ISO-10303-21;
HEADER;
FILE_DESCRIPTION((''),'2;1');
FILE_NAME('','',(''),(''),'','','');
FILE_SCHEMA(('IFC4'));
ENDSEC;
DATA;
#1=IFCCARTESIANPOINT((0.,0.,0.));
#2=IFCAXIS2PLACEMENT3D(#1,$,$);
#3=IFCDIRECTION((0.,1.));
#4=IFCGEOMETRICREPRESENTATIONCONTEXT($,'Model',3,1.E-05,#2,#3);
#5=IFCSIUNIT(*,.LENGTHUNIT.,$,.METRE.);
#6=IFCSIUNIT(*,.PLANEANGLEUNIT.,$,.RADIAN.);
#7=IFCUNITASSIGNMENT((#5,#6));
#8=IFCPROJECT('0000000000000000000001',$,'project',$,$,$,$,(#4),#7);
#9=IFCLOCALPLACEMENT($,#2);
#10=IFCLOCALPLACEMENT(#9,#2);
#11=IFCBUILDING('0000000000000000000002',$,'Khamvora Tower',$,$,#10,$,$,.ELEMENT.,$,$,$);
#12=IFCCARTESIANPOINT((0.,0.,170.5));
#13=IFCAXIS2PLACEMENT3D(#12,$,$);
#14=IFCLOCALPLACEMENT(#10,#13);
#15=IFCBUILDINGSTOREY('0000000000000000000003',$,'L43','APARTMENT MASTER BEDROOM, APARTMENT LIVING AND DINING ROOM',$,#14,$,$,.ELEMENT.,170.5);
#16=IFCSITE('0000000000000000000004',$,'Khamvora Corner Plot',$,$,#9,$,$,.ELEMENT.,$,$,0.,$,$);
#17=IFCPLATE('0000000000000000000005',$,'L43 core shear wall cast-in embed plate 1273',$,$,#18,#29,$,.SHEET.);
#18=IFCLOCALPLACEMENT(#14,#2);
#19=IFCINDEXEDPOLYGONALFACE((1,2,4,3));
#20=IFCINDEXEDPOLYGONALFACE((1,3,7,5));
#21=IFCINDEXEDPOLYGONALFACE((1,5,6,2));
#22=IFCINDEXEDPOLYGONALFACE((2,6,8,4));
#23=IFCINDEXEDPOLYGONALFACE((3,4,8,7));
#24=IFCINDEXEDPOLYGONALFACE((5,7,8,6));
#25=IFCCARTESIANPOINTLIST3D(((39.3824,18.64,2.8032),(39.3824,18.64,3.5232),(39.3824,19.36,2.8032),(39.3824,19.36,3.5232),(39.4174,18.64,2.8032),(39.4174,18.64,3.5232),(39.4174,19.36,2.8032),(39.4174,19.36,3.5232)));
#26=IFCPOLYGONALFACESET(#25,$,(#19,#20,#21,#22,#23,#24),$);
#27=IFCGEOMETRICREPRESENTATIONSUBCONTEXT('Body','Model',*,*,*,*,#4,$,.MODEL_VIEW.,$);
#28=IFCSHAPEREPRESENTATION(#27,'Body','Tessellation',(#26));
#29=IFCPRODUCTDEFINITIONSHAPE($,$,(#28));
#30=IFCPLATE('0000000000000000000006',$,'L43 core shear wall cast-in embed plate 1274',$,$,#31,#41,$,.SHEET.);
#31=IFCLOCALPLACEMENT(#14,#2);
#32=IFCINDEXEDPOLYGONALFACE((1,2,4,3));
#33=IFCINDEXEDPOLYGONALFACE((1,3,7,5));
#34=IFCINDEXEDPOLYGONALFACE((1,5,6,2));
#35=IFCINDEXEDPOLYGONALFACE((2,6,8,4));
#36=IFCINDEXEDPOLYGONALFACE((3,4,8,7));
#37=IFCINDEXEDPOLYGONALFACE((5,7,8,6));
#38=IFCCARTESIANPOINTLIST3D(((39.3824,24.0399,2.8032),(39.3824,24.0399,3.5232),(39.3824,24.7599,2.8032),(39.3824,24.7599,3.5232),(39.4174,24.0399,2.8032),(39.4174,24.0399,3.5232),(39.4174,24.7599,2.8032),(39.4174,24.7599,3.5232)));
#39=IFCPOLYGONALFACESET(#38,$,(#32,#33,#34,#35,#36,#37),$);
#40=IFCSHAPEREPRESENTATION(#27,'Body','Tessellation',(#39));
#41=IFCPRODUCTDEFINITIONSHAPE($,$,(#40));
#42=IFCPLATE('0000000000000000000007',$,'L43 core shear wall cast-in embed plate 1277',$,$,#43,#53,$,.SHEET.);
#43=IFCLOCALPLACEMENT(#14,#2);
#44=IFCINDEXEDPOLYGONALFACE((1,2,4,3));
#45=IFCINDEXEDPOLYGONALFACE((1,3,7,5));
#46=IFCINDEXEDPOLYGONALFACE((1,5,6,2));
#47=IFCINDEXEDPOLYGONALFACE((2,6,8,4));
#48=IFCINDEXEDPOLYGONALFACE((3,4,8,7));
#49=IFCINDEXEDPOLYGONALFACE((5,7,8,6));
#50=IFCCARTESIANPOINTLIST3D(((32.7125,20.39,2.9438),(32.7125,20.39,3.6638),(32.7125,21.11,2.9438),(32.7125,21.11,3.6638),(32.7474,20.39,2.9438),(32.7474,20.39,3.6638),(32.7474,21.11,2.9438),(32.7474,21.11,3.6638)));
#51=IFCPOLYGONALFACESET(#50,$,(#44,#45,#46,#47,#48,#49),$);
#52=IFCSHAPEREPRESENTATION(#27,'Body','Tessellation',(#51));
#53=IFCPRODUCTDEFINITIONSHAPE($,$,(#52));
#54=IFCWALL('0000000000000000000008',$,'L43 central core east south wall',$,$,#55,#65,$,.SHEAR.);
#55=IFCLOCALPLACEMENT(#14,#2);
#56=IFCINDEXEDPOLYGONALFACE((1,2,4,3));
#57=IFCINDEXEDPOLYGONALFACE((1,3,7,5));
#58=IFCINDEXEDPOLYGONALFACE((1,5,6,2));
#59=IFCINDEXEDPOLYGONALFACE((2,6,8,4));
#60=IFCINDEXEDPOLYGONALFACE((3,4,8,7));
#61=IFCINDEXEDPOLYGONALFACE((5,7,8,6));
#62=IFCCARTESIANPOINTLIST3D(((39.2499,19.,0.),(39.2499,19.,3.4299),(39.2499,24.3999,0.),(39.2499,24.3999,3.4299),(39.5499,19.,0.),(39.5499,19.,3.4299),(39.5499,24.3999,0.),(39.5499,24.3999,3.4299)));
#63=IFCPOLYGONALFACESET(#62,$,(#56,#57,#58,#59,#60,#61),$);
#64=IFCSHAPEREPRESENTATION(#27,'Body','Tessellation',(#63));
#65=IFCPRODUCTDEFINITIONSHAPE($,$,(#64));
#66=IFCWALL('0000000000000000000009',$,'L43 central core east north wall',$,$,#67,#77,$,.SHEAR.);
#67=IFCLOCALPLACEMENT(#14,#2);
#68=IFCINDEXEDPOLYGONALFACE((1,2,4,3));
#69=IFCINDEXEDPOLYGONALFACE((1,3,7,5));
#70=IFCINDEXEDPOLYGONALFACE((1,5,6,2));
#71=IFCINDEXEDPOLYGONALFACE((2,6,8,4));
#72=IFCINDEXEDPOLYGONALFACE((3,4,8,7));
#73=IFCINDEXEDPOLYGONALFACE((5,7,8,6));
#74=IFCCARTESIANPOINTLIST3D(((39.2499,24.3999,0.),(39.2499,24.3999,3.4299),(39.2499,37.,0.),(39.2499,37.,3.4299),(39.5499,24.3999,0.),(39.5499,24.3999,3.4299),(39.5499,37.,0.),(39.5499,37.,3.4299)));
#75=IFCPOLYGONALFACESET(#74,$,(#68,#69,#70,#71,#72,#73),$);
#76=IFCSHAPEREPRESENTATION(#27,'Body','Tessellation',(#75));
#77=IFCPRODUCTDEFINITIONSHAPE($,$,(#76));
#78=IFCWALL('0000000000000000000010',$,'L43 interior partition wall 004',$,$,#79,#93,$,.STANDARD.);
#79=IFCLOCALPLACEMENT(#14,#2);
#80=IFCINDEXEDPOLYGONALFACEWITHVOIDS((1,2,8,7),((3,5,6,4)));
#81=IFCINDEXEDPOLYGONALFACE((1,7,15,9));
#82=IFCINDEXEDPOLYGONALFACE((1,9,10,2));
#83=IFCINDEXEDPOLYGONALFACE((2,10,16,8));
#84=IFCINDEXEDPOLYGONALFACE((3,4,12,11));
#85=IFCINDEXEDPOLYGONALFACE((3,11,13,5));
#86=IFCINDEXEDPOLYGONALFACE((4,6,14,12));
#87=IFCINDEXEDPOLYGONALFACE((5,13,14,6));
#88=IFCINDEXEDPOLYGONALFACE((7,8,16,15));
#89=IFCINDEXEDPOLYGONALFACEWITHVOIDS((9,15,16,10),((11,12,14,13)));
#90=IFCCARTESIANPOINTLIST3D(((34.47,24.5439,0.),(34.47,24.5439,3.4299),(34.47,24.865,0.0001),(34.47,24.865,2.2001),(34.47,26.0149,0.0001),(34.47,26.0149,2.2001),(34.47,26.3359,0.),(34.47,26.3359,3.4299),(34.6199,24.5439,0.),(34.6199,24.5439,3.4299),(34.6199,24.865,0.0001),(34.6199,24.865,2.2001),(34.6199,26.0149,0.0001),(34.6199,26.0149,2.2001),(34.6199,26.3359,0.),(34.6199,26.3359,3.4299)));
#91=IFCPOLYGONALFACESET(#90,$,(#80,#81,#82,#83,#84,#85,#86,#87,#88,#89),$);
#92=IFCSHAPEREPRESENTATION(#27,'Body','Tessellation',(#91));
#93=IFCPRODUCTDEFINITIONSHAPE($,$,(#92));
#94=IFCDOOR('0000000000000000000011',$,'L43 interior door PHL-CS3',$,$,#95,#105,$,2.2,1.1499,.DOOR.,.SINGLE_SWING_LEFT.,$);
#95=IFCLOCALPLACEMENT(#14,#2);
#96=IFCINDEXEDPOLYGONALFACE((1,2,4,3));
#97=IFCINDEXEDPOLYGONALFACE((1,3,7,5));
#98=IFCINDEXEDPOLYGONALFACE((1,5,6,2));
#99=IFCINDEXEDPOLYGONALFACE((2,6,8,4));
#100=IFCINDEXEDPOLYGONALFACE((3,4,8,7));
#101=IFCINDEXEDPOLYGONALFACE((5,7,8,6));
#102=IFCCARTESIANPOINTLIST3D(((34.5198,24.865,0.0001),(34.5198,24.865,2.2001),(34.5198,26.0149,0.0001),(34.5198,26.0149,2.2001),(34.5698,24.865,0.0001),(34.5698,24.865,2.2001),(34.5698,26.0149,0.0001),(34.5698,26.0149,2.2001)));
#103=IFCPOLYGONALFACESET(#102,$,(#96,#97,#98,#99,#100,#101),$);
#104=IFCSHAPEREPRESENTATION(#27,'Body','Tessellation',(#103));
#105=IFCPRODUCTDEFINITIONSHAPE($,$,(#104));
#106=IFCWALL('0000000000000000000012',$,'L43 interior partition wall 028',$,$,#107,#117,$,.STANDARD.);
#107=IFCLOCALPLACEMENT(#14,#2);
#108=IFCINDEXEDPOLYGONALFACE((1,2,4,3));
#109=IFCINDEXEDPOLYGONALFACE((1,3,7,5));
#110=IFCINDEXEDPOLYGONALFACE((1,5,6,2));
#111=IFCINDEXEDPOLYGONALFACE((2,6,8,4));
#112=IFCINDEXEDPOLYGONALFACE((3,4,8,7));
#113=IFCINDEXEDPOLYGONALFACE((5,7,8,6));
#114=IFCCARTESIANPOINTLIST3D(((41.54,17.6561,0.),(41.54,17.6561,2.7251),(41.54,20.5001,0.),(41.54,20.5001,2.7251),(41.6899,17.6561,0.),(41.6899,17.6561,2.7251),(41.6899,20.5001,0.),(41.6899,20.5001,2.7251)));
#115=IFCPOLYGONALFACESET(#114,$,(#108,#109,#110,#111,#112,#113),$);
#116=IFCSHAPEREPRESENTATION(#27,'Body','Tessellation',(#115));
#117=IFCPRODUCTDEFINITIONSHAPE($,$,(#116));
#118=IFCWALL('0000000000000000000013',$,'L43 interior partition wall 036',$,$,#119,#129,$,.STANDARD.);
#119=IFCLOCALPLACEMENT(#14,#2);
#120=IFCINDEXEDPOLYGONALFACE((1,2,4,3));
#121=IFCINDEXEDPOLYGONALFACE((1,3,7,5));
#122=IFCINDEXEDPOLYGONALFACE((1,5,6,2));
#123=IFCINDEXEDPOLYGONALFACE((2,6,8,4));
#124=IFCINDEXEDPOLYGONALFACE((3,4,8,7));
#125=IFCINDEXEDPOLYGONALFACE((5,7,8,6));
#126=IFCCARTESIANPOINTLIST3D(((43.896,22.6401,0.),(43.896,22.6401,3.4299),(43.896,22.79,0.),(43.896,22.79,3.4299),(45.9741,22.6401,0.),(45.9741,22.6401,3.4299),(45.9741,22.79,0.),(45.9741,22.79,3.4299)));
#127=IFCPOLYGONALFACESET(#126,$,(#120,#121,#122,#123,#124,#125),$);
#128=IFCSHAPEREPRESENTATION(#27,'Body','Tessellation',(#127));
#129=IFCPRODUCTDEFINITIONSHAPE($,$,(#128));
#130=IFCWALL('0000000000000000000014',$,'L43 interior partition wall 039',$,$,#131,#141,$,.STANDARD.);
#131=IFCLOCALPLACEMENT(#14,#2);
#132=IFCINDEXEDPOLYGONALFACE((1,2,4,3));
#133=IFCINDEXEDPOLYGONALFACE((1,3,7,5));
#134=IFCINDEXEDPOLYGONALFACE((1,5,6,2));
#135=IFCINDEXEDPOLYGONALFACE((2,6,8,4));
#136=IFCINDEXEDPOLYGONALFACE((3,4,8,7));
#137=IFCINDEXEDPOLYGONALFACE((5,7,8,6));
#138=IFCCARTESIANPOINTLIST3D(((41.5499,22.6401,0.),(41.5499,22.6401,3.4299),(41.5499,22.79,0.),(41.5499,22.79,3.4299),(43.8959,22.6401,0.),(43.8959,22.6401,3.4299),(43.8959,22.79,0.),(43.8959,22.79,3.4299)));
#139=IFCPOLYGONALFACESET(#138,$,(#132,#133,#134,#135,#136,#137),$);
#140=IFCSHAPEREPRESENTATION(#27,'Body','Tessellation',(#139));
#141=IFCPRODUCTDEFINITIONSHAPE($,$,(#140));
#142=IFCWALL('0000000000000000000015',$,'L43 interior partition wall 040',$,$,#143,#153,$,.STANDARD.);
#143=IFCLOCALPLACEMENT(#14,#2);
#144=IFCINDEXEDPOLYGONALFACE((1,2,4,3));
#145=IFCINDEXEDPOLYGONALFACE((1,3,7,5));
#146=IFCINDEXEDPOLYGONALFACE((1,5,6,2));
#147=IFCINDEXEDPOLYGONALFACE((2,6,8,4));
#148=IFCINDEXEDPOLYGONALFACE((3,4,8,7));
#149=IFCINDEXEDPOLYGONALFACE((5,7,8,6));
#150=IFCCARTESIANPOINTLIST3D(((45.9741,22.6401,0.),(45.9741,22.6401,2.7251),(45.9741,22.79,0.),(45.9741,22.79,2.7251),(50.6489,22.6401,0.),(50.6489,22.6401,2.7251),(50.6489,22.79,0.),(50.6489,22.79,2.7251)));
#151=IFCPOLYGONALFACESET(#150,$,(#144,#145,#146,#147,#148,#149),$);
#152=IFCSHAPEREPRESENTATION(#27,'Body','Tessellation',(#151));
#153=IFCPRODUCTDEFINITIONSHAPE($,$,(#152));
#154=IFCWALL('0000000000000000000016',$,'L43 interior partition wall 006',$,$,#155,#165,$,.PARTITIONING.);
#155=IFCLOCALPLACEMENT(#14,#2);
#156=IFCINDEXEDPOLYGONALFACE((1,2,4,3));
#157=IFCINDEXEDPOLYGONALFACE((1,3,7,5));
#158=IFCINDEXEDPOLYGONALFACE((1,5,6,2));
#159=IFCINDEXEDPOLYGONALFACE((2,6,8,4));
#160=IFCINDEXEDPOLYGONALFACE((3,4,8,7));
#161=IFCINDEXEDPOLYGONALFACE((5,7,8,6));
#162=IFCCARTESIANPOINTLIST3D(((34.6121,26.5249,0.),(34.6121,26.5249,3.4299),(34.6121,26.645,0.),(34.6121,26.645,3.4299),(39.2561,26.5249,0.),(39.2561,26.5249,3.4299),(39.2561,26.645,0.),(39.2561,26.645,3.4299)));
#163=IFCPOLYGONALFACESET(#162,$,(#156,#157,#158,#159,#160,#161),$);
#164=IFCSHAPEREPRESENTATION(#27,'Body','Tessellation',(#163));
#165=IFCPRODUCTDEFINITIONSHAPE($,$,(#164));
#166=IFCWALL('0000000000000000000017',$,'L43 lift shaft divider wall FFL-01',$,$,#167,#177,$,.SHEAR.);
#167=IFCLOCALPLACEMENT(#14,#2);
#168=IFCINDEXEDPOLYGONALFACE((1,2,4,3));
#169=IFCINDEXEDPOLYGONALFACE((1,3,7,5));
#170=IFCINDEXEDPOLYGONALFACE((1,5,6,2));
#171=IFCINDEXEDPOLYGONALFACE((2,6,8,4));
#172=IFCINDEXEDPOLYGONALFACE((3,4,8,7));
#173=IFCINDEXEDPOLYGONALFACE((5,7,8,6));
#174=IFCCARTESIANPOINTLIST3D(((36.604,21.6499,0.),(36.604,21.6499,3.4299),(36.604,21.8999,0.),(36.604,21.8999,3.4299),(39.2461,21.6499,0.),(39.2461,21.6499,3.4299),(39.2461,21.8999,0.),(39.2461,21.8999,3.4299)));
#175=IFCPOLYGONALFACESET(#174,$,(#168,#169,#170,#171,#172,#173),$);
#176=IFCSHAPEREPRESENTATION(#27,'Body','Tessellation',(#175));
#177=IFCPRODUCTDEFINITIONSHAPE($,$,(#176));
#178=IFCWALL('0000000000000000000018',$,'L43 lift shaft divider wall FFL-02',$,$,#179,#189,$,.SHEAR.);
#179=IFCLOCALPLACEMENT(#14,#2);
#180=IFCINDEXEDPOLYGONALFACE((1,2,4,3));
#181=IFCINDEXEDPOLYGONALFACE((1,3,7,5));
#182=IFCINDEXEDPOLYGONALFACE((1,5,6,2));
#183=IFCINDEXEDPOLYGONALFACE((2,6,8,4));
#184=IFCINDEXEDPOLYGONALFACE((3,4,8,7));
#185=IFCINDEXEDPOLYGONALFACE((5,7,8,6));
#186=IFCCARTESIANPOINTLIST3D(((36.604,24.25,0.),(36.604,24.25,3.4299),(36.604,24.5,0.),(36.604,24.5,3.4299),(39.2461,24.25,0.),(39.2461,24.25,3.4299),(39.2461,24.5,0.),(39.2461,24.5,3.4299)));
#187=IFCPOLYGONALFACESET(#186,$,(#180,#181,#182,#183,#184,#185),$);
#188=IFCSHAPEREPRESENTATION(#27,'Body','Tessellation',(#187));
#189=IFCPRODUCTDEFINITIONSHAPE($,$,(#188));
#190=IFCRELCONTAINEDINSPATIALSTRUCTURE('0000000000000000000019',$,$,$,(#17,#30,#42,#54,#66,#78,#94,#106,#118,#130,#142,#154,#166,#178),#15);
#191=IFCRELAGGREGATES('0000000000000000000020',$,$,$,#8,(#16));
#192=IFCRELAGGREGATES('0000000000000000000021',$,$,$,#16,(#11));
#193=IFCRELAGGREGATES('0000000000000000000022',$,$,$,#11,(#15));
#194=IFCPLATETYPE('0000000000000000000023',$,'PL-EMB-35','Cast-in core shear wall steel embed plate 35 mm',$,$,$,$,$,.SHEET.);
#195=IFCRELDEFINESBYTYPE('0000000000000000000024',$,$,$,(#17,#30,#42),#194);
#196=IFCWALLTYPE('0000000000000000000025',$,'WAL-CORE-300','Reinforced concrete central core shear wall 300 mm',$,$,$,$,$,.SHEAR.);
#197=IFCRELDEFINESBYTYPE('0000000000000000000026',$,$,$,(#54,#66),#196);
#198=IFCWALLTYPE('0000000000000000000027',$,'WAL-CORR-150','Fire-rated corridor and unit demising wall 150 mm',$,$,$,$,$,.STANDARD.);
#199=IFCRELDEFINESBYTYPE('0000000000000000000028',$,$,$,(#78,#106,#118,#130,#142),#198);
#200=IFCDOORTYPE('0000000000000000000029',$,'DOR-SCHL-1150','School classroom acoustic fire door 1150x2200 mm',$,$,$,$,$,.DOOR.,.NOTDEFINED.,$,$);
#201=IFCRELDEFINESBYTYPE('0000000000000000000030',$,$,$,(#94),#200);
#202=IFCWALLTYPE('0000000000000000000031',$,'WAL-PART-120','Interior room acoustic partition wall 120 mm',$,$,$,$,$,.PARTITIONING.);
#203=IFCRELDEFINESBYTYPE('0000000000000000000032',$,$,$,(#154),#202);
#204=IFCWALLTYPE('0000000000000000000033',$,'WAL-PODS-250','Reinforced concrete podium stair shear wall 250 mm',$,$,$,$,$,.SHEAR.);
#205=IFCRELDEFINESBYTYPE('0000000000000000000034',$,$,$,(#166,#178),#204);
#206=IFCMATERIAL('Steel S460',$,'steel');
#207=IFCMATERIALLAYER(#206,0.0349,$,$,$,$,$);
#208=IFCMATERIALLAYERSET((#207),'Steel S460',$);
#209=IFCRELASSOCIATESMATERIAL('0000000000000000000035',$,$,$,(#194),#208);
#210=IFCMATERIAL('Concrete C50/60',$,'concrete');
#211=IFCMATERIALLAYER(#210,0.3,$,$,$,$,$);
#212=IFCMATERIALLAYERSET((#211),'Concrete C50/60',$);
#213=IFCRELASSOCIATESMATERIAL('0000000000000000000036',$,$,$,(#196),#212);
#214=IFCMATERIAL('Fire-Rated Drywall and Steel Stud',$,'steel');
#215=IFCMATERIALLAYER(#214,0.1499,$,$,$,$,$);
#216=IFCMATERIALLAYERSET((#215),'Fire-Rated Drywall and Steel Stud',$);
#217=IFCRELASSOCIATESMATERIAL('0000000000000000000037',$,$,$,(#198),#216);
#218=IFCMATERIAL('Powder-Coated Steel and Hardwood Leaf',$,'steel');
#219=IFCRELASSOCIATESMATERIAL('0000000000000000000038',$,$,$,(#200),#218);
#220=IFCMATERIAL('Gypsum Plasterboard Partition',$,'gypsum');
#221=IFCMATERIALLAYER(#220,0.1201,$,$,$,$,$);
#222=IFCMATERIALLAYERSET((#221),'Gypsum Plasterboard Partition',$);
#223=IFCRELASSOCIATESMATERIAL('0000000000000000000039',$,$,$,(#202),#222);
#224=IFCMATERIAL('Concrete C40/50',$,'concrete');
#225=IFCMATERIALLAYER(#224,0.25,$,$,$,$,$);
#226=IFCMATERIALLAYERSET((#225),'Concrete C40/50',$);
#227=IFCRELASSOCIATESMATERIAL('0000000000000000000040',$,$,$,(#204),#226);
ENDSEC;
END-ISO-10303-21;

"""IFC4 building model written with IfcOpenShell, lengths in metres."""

from ifc_helpers import new_model, si_unit, direction, frame, frame_2d, origin, origin_2d, place, context, subcontext, project, spatial, rectangle, extrude, material, layer, layer_set, type_object, element, fill, save


model = new_model("IFC4")

# Units and contexts
model_context = context("Model", 3, precision=1e-05, world=origin(), true_north=direction((0.0, 1.0)))
body_context = subcontext(model_context, "Body", "Model", "MODEL_VIEW")
ifc_project = project(units=[si_unit("LENGTHUNIT", "METRE"), si_unit("PLANEANGLEUNIT", "RADIAN")], contexts=[model_context])

# Site, building, storey
site_placement = place(None, origin())
site = spatial("IfcSite", under=ifc_project, at=site_placement, Name="Khamvora Corner Plot", CompositionType="ELEMENT", RefElevation=0.0)
building_placement = place(site_placement, origin())
building = spatial("IfcBuilding", under=site, at=building_placement, Name="Khamvora Tower", CompositionType="ELEMENT")
storey_placement = place(building_placement, frame((0.0, 0.0, 170.5)))
storey = spatial("IfcBuildingStorey", under=building, at=storey_placement, Name="L43", Description="APARTMENT MASTER BEDROOM, APARTMENT LIVING AND DINING ROOM", CompositionType="ELEMENT", Elevation=170.5)

# Shared definitions
ifc_material_1 = material(Name="Steel S460", Category="steel")

# Plates
ifc_layer_1 = layer(ifc_material_1, 0.0349)
ifc_layer_set_1 = layer_set([ifc_layer_1], Name="Steel S460")
plate_type = type_object("IfcPlateType", Name="PL-EMB-35", Description="Cast-in core shear wall steel embed plate 35 mm", PredefinedType="SHEET", material=ifc_layer_set_1)
for number, where, z_axis, x_axis, name in (
    (1, (39.3999, 19.0, 2.8032), (0.0, 0.0, 1.0), (1.0, 0.0, 0.0), "L43 core shear wall cast-in embed plate 1273"),
    (2, (39.3999, 24.3999, 2.8032), (0.0, 0.0, 1.0), (1.0, 0.0, 0.0), "L43 core shear wall cast-in embed plate 1274"),
    (3, (32.73, 20.75, 2.9438), (0.0, 0.0, 1.0), (1.0, 0.0, 0.0), "L43 core shear wall cast-in embed plate 1277"),
):
    element("IfcPlate", number, at=place(storey_placement, frame(where, z_axis=z_axis, x_axis=x_axis)), inside=storey, type_object=plate_type, Name=name, PredefinedType="SHEET", context=body_context, shape_type="SweptSolid", body=[
        extrude(rectangle(XDim=0.0349, YDim=0.72, at=origin_2d()), origin(), (0.0, 0.0, 1.0), 0.72),
    ])

# Walls
ifc_material_2 = material(Name="Concrete C50/60", Category="concrete")
ifc_layer_2 = layer(ifc_material_2, 0.3)
ifc_layer_set_2 = layer_set([ifc_layer_2], Name="Concrete C50/60")
wall_type_1 = type_object("IfcWallType", Name="WAL-CORE-300", Description="Reinforced concrete central core shear wall 300 mm", PredefinedType="SHEAR", material=ifc_layer_set_2)
wall_1_placement = place(storey_placement, frame((39.3999, 19.0, 0.0), z_axis=(0.0, 0.0, 1.0), x_axis=(0.0, 1.0, 0.0)))
element("IfcWall", 4, at=wall_1_placement, inside=storey, type_object=wall_type_1, Name="L43 central core east south wall", PredefinedType="SHEAR", context=body_context, shape_type="SweptSolid", body=[
    extrude(rectangle(XDim=5.3999, YDim=0.3, at=frame_2d((2.7, 0.0))), origin(), (0.0, 0.0, 1.0), 3.4299),
])
wall_2_placement = place(storey_placement, frame((39.3999, 24.3999, 0.0), z_axis=(0.0, 0.0, 1.0), x_axis=(0.0, 1.0, 0.0)))
element("IfcWall", 5, at=wall_2_placement, inside=storey, type_object=wall_type_1, Name="L43 central core east north wall", PredefinedType="SHEAR", context=body_context, shape_type="SweptSolid", body=[
    extrude(rectangle(XDim=12.6001, YDim=0.3, at=frame_2d((6.3, 0.0))), origin(), (0.0, 0.0, 1.0), 3.4299),
])

# Shared definitions
ifc_material_3 = material(Name="Powder-Coated Steel and Hardwood Leaf", Category="steel")

# Wall, opening, door
ifc_material_4 = material(Name="Fire-Rated Drywall and Steel Stud", Category="steel")
ifc_layer_3 = layer(ifc_material_4, 0.1499)
ifc_layer_set_3 = layer_set([ifc_layer_3], Name="Fire-Rated Drywall and Steel Stud")
wall_type_2 = type_object("IfcWallType", Name="WAL-CORR-150", Description="Fire-rated corridor and unit demising wall 150 mm", PredefinedType="STANDARD", material=ifc_layer_set_3)
wall_3_placement = place(storey_placement, frame((34.5449, 26.3359, 0.0), z_axis=(0.0, 0.0, 1.0), x_axis=(0.0, -1.0, 0.0)))
wall_3 = element("IfcWall", 6, at=wall_3_placement, inside=storey, type_object=wall_type_2, Name="L43 interior partition wall 004", PredefinedType="STANDARD", context=body_context, shape_type="SweptSolid", body=[
    extrude(rectangle(XDim=1.792, YDim=0.1499, at=frame_2d((0.896, 0.0))), origin(), (0.0, 0.0, 1.0), 3.4299),
])
opening_1_placement = place(wall_3_placement, frame((0.321, 0.0, 0.0)))
opening_1 = element("IfcOpeningElement", 7, at=opening_1_placement, cuts=wall_3, PredefinedType="OPENING", context=body_context, shape_type="SweptSolid", body=[
    extrude(rectangle(XDim=1.1499, YDim=2.2, at=frame_2d((0.575, 1.1001))), frame((0.0, 0.085, 0.0), z_axis=(0.0, -1.0, 0.0), x_axis=(1.0, 0.0, 0.0)), (0.0, 0.0, 1.0), 0.1699),
])
door_type_1 = type_object("IfcDoorType", Name="DOR-SCHL-1150", Description="School classroom acoustic fire door 1150x2200 mm", OperationType="NOTDEFINED", PredefinedType="DOOR", material=ifc_material_3)
door_1_placement = place(opening_1_placement, origin())
door_1 = element("IfcDoor", 8, at=door_1_placement, inside=storey, type_object=door_type_1, Name="L43 interior door PHL-CS3", OperationType="SINGLE_SWING_LEFT", OverallHeight=2.2, OverallWidth=1.1499, PredefinedType="DOOR", context=body_context, shape_type="SweptSolid", body=[
    extrude(rectangle(XDim=1.1499, YDim=2.2, at=frame_2d((0.575, 1.1001))), frame((0.0, 0.0249, 0.0), z_axis=(0.0, -1.0, 0.0), x_axis=(1.0, 0.0, 0.0)), (0.0, 0.0, 1.0), 0.05),
])
fill(opening_1, door_1)

# Walls
wall_4_placement = place(storey_placement, frame((41.615, 20.5, 0.0), z_axis=(0.0, 0.0, 1.0), x_axis=(0.0, -1.0, 0.0)))
element("IfcWall", 9, at=wall_4_placement, inside=storey, type_object=wall_type_2, Name="L43 interior partition wall 028", PredefinedType="STANDARD", context=body_context, shape_type="SweptSolid", body=[
    extrude(rectangle(XDim=2.844, YDim=0.1499, at=frame_2d((1.4219, 0.0))), origin(), (0.0, 0.0, 1.0), 2.7251),
])
wall_5_placement = place(storey_placement, frame((43.896, 22.7151, 0.0), z_axis=(0.0, 0.0, 1.0), x_axis=(1.0, 0.0, 0.0)))
element("IfcWall", 10, at=wall_5_placement, inside=storey, type_object=wall_type_2, Name="L43 interior partition wall 036", PredefinedType="STANDARD", context=body_context, shape_type="SweptSolid", body=[
    extrude(rectangle(XDim=2.0781, YDim=0.1499, at=frame_2d((1.0391, 0.0))), origin(), (0.0, 0.0, 1.0), 3.4299),
])
wall_6_placement = place(storey_placement, frame((41.55, 22.7151, 0.0), z_axis=(0.0, 0.0, 1.0), x_axis=(1.0, 0.0, 0.0)))
element("IfcWall", 11, at=wall_6_placement, inside=storey, type_object=wall_type_2, Name="L43 interior partition wall 039", PredefinedType="STANDARD", context=body_context, shape_type="SweptSolid", body=[
    extrude(rectangle(XDim=2.3459, YDim=0.1499, at=frame_2d((1.1729, 0.0))), origin(), (0.0, 0.0, 1.0), 3.4299),
])
wall_7_placement = place(storey_placement, frame((45.9741, 22.7151, 0.0), z_axis=(0.0, 0.0, 1.0), x_axis=(1.0, 0.0, 0.0)))
element("IfcWall", 12, at=wall_7_placement, inside=storey, type_object=wall_type_2, Name="L43 interior partition wall 040", PredefinedType="STANDARD", context=body_context, shape_type="SweptSolid", body=[
    extrude(rectangle(XDim=4.6748, YDim=0.1499, at=frame_2d((2.3374, 0.0))), origin(), (0.0, 0.0, 1.0), 2.7251),
])
ifc_material_5 = material(Name="Gypsum Plasterboard Partition", Category="gypsum")
ifc_layer_4 = layer(ifc_material_5, 0.1201)
ifc_layer_set_4 = layer_set([ifc_layer_4], Name="Gypsum Plasterboard Partition")
wall_type_3 = type_object("IfcWallType", Name="WAL-PART-120", Description="Interior room acoustic partition wall 120 mm", PredefinedType="PARTITIONING", material=ifc_layer_set_4)
wall_8_placement = place(storey_placement, frame((39.2561, 26.585, 0.0), z_axis=(0.0, 0.0, 1.0), x_axis=(-1.0, 0.0, 0.0)))
element("IfcWall", 13, at=wall_8_placement, inside=storey, type_object=wall_type_3, Name="L43 interior partition wall 006", PredefinedType="PARTITIONING", context=body_context, shape_type="SweptSolid", body=[
    extrude(rectangle(XDim=4.644, YDim=0.1201, at=frame_2d((2.322, 0.0))), origin(), (0.0, 0.0, 1.0), 3.4299),
])
ifc_material_6 = material(Name="Concrete C40/50", Category="concrete")
ifc_layer_5 = layer(ifc_material_6, 0.25)
ifc_layer_set_5 = layer_set([ifc_layer_5], Name="Concrete C40/50")
wall_type_4 = type_object("IfcWallType", Name="WAL-PODS-250", Description="Reinforced concrete podium stair shear wall 250 mm", PredefinedType="SHEAR", material=ifc_layer_set_5)
for number, where, z_axis, x_axis, name in (
    (14, (36.604, 21.7749, 0.0), (0.0, 0.0, 1.0), (1.0, 0.0, 0.0), "L43 lift shaft divider wall FFL-01"),
    (15, (36.604, 24.375, 0.0), (0.0, 0.0, 1.0), (1.0, 0.0, 0.0), "L43 lift shaft divider wall FFL-02"),
):
    element("IfcWall", number, at=place(storey_placement, frame(where, z_axis=z_axis, x_axis=x_axis)), inside=storey, type_object=wall_type_4, Name=name, PredefinedType="SHEAR", context=body_context, shape_type="SweptSolid", body=[
        extrude(rectangle(XDim=2.6421, YDim=0.25, at=frame_2d((1.321, 0.0))), origin(), (0.0, 0.0, 1.0), 3.4299),
    ])

save(model, "model.ifc")
